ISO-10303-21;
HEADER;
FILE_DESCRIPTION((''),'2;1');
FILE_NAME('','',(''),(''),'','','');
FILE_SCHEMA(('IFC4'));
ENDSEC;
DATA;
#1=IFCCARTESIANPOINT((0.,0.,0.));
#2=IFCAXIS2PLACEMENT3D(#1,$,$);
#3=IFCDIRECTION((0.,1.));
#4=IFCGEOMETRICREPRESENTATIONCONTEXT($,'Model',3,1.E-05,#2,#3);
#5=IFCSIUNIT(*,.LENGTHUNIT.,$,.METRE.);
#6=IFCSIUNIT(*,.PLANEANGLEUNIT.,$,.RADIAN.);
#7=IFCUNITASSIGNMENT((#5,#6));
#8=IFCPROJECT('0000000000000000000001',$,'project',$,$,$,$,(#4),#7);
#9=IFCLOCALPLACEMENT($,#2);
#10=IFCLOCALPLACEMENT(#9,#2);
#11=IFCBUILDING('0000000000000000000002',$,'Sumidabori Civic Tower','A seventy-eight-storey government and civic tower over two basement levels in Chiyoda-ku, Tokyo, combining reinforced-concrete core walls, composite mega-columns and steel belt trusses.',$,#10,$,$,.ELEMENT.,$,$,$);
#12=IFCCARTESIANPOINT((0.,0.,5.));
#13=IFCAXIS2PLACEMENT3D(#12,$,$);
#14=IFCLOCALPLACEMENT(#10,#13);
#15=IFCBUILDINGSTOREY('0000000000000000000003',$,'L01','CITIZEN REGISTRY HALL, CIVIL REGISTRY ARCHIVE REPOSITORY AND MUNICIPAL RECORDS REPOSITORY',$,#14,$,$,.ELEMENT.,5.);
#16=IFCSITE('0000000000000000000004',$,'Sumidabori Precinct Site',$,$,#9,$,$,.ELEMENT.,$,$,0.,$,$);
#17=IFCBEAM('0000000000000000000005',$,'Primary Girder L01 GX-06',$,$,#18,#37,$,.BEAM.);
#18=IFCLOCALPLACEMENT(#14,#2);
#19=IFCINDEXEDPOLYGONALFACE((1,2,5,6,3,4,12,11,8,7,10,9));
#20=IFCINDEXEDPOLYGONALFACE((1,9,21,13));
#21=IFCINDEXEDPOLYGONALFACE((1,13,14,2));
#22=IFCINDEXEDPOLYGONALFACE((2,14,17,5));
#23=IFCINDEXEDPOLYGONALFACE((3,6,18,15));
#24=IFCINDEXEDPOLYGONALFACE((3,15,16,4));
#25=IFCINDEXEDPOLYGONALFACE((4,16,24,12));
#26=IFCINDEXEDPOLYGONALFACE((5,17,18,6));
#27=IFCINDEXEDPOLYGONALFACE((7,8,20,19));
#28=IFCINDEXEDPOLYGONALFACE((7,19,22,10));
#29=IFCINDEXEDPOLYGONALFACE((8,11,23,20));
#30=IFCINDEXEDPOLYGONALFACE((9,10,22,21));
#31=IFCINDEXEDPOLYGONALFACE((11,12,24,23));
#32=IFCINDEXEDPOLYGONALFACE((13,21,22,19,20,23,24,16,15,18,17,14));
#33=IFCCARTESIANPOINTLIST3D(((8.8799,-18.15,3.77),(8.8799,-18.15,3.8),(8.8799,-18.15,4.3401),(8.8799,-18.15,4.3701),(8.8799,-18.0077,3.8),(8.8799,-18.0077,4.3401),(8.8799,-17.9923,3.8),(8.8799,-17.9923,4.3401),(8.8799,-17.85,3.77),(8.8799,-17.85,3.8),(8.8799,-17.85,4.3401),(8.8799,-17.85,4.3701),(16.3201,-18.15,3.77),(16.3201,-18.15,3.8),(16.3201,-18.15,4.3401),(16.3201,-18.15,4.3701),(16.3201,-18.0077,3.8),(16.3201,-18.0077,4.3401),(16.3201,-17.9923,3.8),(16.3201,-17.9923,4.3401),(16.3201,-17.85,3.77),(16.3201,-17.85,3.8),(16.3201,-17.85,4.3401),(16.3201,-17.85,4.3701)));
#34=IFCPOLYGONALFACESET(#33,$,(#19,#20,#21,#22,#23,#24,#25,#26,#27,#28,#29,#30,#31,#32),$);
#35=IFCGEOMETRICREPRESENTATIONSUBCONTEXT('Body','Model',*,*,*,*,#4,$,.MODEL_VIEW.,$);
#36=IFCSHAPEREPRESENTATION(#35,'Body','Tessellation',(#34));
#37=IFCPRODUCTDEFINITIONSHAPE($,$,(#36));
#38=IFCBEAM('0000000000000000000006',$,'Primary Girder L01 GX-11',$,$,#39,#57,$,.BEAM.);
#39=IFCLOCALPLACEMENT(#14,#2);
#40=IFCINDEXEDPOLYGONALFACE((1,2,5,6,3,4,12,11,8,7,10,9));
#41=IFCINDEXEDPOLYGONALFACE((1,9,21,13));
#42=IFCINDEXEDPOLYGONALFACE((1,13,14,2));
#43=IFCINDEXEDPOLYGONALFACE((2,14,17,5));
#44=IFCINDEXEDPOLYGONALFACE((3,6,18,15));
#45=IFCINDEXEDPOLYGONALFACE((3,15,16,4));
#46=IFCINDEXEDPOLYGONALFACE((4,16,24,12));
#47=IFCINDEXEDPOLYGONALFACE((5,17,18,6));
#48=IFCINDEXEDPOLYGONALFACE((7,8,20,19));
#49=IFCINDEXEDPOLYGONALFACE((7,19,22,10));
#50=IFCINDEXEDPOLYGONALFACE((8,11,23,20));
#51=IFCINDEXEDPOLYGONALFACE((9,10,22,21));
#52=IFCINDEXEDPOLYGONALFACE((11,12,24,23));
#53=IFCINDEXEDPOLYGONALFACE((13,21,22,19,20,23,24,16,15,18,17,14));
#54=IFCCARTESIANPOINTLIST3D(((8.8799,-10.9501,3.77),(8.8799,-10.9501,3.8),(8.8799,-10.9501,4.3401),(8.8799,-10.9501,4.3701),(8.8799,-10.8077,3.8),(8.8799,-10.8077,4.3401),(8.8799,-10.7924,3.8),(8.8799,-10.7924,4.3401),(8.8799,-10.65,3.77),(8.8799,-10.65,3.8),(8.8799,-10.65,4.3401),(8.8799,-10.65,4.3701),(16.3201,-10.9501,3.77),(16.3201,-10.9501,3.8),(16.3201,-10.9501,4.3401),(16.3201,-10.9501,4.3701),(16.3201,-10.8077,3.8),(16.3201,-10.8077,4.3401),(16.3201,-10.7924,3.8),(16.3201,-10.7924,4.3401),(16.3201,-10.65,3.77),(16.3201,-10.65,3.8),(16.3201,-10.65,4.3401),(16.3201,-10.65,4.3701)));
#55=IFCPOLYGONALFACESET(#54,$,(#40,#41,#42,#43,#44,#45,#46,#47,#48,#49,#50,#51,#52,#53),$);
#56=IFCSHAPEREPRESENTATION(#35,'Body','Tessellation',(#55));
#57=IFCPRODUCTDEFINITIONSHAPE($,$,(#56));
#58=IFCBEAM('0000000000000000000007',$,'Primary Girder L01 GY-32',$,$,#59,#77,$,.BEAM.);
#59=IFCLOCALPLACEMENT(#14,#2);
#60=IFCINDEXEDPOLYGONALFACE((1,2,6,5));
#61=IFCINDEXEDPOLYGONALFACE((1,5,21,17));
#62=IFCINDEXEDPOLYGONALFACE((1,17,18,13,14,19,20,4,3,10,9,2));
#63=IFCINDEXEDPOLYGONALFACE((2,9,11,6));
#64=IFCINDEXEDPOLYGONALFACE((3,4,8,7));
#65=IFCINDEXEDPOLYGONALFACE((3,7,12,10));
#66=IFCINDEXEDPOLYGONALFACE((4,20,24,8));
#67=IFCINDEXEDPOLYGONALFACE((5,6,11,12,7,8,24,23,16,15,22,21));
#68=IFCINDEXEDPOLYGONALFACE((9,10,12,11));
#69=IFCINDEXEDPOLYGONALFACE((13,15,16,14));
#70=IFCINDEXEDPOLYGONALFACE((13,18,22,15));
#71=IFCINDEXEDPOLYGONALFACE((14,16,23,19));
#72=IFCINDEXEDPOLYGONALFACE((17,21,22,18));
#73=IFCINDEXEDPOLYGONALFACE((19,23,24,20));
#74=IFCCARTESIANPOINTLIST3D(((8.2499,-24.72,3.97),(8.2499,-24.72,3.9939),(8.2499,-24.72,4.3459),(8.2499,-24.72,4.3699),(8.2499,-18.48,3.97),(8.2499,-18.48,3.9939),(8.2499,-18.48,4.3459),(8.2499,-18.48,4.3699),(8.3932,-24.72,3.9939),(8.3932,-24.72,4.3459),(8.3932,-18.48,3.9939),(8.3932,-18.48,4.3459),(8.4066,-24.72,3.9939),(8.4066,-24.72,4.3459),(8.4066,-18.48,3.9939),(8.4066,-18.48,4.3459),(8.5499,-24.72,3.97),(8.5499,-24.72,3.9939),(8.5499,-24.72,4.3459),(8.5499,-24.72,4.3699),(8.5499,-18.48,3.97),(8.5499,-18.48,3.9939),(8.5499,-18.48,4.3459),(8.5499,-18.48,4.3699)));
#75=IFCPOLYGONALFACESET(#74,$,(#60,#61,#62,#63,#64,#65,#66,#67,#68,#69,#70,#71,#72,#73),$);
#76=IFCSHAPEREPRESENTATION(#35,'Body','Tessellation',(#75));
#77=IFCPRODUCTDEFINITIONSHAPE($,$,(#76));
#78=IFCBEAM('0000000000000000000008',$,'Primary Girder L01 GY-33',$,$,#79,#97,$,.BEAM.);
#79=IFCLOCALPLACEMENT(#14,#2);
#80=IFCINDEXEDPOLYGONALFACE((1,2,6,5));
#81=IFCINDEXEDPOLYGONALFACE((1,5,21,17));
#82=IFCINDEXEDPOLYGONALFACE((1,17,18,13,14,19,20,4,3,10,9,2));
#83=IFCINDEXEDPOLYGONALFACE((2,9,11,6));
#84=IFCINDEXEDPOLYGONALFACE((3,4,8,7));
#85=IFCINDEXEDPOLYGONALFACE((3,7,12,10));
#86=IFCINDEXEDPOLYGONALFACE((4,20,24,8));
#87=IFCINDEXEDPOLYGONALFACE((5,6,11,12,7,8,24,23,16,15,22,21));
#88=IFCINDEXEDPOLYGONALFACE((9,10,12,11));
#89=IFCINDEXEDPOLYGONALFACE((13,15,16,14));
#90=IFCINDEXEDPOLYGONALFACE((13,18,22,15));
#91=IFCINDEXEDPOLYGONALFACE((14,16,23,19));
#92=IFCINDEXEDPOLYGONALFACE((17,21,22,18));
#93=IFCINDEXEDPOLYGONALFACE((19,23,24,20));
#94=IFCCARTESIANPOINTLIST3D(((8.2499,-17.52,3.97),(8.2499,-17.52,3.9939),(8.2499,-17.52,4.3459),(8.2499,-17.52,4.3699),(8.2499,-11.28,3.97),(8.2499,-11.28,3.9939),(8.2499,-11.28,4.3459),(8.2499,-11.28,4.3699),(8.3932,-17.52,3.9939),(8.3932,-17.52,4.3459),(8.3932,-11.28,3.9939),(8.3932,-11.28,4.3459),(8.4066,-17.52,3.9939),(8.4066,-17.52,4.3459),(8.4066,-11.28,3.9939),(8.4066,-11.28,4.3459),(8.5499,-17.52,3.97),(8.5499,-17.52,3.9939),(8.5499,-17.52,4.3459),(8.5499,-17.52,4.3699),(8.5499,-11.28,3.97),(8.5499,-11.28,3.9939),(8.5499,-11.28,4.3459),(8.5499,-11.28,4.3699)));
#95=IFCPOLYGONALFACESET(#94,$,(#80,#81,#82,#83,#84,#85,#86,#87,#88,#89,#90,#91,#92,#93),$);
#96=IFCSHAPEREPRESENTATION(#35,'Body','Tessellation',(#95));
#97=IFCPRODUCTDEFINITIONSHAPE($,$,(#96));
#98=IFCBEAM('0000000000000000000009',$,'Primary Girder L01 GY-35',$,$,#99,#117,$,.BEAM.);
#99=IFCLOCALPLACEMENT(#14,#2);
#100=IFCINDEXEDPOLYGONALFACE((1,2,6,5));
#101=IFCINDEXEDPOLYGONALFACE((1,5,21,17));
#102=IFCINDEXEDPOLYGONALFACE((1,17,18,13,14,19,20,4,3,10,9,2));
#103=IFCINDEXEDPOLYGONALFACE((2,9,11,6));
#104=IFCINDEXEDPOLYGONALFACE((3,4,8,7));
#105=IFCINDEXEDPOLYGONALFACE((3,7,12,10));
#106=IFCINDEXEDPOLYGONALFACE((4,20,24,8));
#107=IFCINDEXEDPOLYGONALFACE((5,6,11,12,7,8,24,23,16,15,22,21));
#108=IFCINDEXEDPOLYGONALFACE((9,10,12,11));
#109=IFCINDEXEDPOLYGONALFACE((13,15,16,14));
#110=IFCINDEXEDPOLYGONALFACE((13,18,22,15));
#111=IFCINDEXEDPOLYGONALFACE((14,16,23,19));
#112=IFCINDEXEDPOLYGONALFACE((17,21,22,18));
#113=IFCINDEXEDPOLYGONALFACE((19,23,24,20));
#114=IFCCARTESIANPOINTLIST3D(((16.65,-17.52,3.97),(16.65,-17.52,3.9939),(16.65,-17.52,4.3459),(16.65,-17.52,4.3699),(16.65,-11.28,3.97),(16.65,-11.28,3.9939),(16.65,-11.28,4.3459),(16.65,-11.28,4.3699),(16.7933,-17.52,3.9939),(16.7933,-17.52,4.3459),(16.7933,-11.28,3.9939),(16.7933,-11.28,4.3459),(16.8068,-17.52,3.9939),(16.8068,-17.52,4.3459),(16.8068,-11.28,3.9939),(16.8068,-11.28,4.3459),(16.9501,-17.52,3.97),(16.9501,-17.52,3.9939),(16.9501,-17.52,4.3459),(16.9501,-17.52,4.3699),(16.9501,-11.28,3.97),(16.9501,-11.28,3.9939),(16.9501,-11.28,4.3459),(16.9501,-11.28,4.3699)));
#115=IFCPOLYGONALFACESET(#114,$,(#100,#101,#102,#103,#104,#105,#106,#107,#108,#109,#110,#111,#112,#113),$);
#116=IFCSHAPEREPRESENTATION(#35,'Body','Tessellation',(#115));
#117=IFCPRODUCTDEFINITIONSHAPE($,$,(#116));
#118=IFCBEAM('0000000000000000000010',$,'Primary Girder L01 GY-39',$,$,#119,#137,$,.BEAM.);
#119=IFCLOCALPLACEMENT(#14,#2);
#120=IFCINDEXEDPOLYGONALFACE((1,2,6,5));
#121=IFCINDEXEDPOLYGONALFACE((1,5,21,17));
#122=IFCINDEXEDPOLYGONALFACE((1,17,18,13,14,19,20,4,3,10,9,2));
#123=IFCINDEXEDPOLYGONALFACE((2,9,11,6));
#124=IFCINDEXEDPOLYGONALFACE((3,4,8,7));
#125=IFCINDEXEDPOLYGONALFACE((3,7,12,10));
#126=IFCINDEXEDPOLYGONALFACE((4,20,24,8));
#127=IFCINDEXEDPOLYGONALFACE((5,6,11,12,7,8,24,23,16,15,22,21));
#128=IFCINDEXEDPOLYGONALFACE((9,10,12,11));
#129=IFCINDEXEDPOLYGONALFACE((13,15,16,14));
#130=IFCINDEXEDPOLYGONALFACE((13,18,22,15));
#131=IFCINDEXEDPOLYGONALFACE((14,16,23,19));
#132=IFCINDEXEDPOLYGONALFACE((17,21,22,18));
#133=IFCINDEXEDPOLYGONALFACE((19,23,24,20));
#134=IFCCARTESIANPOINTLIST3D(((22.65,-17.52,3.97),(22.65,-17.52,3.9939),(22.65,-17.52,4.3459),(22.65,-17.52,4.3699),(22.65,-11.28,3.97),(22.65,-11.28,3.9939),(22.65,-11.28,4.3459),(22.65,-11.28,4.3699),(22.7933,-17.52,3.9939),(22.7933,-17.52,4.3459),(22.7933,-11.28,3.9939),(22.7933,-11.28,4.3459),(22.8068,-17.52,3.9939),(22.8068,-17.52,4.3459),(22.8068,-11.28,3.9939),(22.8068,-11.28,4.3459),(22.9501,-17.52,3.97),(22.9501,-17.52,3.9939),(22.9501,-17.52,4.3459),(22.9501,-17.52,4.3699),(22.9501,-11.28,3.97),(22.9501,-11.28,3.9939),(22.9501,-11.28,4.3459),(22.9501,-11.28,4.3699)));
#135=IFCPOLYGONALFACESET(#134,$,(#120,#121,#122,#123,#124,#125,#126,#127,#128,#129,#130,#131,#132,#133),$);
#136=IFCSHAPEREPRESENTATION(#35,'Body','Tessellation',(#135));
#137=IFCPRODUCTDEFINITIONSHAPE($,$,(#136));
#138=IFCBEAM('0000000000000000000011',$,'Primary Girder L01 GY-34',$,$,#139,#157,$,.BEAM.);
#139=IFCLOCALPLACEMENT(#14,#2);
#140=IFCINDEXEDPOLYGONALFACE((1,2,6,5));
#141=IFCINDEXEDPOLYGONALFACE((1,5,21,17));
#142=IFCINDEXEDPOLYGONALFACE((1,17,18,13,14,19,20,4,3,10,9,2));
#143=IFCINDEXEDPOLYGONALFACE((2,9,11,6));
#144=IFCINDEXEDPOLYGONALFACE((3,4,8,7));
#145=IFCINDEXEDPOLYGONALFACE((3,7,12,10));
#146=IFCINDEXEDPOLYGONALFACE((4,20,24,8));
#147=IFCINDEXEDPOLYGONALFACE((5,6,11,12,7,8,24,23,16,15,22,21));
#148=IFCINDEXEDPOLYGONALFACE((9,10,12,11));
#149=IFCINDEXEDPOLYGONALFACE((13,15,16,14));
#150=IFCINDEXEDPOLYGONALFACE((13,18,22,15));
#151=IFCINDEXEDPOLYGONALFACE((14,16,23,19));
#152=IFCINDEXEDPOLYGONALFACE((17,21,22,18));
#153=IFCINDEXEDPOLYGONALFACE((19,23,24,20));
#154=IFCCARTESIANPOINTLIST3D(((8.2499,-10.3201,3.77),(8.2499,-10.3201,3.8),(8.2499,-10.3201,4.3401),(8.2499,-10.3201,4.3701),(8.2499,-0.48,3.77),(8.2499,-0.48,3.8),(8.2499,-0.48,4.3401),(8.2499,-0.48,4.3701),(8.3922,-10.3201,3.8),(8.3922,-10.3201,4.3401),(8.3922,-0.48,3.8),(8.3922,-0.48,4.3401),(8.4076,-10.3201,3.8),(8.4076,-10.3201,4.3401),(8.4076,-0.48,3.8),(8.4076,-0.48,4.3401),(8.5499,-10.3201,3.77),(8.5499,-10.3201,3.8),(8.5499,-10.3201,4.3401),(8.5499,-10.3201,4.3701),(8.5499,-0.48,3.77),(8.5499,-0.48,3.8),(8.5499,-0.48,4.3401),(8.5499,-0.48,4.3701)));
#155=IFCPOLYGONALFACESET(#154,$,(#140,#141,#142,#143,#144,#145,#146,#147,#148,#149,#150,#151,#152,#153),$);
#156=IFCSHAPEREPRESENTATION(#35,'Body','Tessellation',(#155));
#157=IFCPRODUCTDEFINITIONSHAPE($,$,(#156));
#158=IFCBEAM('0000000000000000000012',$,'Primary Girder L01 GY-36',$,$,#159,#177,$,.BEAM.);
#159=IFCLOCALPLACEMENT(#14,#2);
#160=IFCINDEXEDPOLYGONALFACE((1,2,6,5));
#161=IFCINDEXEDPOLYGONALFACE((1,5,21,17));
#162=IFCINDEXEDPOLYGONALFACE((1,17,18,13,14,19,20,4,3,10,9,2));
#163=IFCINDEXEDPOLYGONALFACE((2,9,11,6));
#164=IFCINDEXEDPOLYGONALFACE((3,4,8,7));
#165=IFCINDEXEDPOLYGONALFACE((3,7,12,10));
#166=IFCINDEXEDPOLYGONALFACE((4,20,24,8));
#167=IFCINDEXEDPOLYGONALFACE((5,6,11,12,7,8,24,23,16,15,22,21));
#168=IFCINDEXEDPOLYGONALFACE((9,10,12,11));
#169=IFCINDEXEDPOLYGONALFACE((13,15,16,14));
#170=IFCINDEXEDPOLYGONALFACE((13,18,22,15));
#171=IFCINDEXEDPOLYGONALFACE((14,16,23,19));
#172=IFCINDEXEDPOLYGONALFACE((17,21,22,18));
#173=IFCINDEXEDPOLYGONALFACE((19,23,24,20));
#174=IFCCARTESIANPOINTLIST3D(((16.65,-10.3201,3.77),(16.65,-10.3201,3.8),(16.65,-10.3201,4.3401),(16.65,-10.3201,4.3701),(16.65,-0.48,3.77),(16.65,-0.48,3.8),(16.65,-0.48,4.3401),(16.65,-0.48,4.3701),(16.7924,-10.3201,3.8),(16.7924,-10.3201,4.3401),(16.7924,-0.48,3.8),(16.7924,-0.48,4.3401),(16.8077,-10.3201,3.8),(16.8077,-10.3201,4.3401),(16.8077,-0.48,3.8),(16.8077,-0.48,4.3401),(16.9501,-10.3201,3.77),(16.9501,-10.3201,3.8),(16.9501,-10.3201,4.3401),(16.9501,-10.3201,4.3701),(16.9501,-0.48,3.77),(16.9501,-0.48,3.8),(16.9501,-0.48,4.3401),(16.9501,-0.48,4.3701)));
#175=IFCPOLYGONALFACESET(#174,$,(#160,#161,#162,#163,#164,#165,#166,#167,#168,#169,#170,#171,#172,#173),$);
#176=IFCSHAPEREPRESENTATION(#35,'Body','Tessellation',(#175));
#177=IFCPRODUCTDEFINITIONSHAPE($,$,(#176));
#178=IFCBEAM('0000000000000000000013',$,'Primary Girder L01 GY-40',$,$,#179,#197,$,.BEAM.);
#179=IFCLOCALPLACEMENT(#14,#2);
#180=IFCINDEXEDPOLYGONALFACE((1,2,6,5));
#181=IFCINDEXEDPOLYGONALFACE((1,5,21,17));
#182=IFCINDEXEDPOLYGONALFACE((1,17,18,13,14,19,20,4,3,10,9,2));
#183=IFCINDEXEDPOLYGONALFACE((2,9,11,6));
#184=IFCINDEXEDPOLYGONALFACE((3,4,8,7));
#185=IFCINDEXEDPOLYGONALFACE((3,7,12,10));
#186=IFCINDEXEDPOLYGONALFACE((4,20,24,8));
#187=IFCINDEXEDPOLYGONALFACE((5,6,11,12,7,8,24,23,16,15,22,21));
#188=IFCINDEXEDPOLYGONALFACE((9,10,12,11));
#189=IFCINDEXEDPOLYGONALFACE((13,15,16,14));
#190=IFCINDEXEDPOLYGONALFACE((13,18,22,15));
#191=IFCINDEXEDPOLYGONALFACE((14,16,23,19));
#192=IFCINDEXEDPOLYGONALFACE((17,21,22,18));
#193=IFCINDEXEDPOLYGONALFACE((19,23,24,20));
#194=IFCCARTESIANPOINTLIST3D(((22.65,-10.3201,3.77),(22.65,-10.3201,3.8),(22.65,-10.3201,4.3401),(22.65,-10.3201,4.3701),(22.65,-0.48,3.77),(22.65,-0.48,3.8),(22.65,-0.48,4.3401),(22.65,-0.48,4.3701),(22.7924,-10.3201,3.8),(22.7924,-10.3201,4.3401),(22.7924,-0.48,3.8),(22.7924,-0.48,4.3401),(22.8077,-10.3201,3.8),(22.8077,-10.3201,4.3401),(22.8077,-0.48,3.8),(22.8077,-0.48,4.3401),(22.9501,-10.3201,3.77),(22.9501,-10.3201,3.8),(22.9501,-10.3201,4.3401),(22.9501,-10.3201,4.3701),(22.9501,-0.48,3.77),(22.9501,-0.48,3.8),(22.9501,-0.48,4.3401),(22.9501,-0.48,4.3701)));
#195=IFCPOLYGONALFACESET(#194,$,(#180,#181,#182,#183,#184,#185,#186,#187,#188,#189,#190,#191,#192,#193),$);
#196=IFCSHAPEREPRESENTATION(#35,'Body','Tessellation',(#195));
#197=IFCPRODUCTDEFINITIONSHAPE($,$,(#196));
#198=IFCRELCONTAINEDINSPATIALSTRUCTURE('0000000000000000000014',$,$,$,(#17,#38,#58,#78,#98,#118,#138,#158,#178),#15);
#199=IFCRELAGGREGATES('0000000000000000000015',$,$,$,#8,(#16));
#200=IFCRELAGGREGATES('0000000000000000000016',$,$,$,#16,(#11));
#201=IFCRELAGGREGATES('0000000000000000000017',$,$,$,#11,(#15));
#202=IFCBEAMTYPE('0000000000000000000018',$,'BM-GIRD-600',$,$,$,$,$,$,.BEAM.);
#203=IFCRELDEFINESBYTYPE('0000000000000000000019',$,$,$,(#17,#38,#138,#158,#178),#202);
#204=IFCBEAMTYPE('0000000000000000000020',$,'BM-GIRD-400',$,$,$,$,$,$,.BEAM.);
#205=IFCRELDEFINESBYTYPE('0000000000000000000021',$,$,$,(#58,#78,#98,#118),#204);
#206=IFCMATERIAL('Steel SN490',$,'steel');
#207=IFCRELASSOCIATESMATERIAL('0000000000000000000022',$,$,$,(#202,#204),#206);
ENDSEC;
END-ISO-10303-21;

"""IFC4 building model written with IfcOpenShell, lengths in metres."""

from ifc_helpers import new_model, si_unit, direction, frame, origin, origin_2d, place, context, subcontext, project, spatial, i_section, extrude, source, transform, mapped, material, material_profile, profile_set, type_object, element, save


model = new_model("IFC4")

# Units and contexts
model_context = context("Model", 3, precision=1e-05, world=origin(), true_north=direction((0.0, 1.0)))
body_context = subcontext(model_context, "Body", "Model", "MODEL_VIEW")
ifc_project = project(units=[si_unit("LENGTHUNIT", "METRE"), si_unit("PLANEANGLEUNIT", "RADIAN")], contexts=[model_context])

# Site, building, storey
site_placement = place(None, origin())
site = spatial("IfcSite", under=ifc_project, at=site_placement, Name="Sumidabori Precinct Site", CompositionType="ELEMENT", RefElevation=0.0)
building_placement = place(site_placement, origin())
building = spatial("IfcBuilding", under=site, at=building_placement, Name="Sumidabori Civic Tower", Description="A seventy-eight-storey government and civic tower over two basement levels in Chiyoda-ku, Tokyo, combining reinforced-concrete core walls, composite mega-columns and steel belt trusses.", CompositionType="ELEMENT")
storey_placement = place(building_placement, frame((0.0, 0.0, 5.0)))
storey = spatial("IfcBuildingStorey", under=building, at=storey_placement, Name="L01", Description="CITIZEN REGISTRY HALL, CIVIL REGISTRY ARCHIVE REPOSITORY AND MUNICIPAL RECORDS REPOSITORY", CompositionType="ELEMENT", Elevation=5.0)

# Beams
ifc_material_1 = material(Name="Steel SN490", Category="steel")
ifc_material_profile_1 = material_profile(ifc_material_1, i_section(OverallWidth=0.3, OverallDepth=0.6001, WebThickness=0.0154, FlangeThickness=0.03, at=origin_2d()), Name="HE 600 B")
ifc_profile_set_1 = profile_set([ifc_material_profile_1], Name="Steel SN490")
beam_type_1 = type_object("IfcBeamType", Name="BM-GIRD-600", PredefinedType="BEAM", material=ifc_profile_set_1)
shared_shape_1 = source(origin(), body_context, "Body", "SweptSolid", [
    extrude(i_section(OverallWidth=0.3, OverallDepth=0.6001, WebThickness=0.0154, FlangeThickness=0.03, at=origin_2d()), origin(), (0.0, 0.0, 1.0), 7.4402),
])
for number, where, z_axis, x_axis, name in (
    (1, (8.8799, -18.0, 4.0701), (1.0, 0.0, 0.0), (0.0, 1.0, 0.0), "Primary Girder L01 GX-06"),
    (2, (8.8799, -10.8, 4.0701), (1.0, 0.0, 0.0), (0.0, 1.0, 0.0), "Primary Girder L01 GX-11"),
):
    element("IfcBeam", number, at=place(storey_placement, frame(where, z_axis=z_axis, x_axis=x_axis)), inside=storey, type_object=beam_type_1, Name=name, PredefinedType="BEAM", context=body_context, shape_type="MappedRepresentation", body=[
        mapped(shared_shape_1, transform((0.0, 0.0, 0.0), x_axis=(1.0, 0.0, 0.0), y_axis=(0.0, 1.0, 0.0), z_axis=(0.0, 0.0, 1.0), scale=1.0)),
    ])
ifc_material_profile_2 = material_profile(ifc_material_1, i_section(OverallWidth=0.3, OverallDepth=0.3999, WebThickness=0.0134, FlangeThickness=0.0239, at=origin_2d()), Name="HE 400 B")
ifc_profile_set_2 = profile_set([ifc_material_profile_2], Name="Steel SN490")
beam_type_2 = type_object("IfcBeamType", Name="BM-GIRD-400", PredefinedType="BEAM", material=ifc_profile_set_2)
shared_shape_2 = source(origin(), body_context, "Body", "SweptSolid", [
    extrude(i_section(OverallWidth=0.3, OverallDepth=0.3999, WebThickness=0.0134, FlangeThickness=0.0239, at=origin_2d()), origin(), (0.0, 0.0, 1.0), 6.24),
])
for number, where, z_axis, x_axis, name in (
    (3, (8.3999, -24.72, 4.1699), (0.0, 1.0, 0.0), (-1.0, 0.0, 0.0), "Primary Girder L01 GY-32"),
    (4, (8.3999, -17.52, 4.1699), (0.0, 1.0, 0.0), (-1.0, 0.0, 0.0), "Primary Girder L01 GY-33"),
    (5, (16.8, -17.52, 4.1699), (0.0, 1.0, 0.0), (-1.0, 0.0, 0.0), "Primary Girder L01 GY-35"),
    (6, (22.8, -17.52, 4.1699), (0.0, 1.0, 0.0), (-1.0, 0.0, 0.0), "Primary Girder L01 GY-39"),
):
    element("IfcBeam", number, at=place(storey_placement, frame(where, z_axis=z_axis, x_axis=x_axis)), inside=storey, type_object=beam_type_2, Name=name, PredefinedType="BEAM", context=body_context, shape_type="MappedRepresentation", body=[
        mapped(shared_shape_2, transform((0.0, 0.0, 0.0), x_axis=(1.0, 0.0, 0.0), y_axis=(0.0, 1.0, 0.0), z_axis=(0.0, 0.0, 1.0), scale=1.0)),
    ])
shared_shape_3 = source(origin(), body_context, "Body", "SweptSolid", [
    extrude(i_section(OverallWidth=0.3, OverallDepth=0.6001, WebThickness=0.0154, FlangeThickness=0.03, at=origin_2d()), origin(), (0.0, 0.0, 1.0), 9.8401),
])
for number, where, z_axis, x_axis, name in (
    (7, (8.3999, -10.3201, 4.0701), (0.0, 1.0, 0.0), (-1.0, 0.0, 0.0), "Primary Girder L01 GY-34"),
    (8, (16.8, -10.3201, 4.0701), (0.0, 1.0, 0.0), (-1.0, 0.0, 0.0), "Primary Girder L01 GY-36"),
    (9, (22.8, -10.3201, 4.0701), (0.0, 1.0, 0.0), (-1.0, 0.0, 0.0), "Primary Girder L01 GY-40"),
):
    element("IfcBeam", number, at=place(storey_placement, frame(where, z_axis=z_axis, x_axis=x_axis)), inside=storey, type_object=beam_type_1, Name=name, PredefinedType="BEAM", context=body_context, shape_type="MappedRepresentation", body=[
        mapped(shared_shape_3, transform((0.0, 0.0, 0.0), x_axis=(1.0, 0.0, 0.0), y_axis=(0.0, 1.0, 0.0), z_axis=(0.0, 0.0, 1.0), scale=1.0)),
    ])

save(model, "model.ifc")
